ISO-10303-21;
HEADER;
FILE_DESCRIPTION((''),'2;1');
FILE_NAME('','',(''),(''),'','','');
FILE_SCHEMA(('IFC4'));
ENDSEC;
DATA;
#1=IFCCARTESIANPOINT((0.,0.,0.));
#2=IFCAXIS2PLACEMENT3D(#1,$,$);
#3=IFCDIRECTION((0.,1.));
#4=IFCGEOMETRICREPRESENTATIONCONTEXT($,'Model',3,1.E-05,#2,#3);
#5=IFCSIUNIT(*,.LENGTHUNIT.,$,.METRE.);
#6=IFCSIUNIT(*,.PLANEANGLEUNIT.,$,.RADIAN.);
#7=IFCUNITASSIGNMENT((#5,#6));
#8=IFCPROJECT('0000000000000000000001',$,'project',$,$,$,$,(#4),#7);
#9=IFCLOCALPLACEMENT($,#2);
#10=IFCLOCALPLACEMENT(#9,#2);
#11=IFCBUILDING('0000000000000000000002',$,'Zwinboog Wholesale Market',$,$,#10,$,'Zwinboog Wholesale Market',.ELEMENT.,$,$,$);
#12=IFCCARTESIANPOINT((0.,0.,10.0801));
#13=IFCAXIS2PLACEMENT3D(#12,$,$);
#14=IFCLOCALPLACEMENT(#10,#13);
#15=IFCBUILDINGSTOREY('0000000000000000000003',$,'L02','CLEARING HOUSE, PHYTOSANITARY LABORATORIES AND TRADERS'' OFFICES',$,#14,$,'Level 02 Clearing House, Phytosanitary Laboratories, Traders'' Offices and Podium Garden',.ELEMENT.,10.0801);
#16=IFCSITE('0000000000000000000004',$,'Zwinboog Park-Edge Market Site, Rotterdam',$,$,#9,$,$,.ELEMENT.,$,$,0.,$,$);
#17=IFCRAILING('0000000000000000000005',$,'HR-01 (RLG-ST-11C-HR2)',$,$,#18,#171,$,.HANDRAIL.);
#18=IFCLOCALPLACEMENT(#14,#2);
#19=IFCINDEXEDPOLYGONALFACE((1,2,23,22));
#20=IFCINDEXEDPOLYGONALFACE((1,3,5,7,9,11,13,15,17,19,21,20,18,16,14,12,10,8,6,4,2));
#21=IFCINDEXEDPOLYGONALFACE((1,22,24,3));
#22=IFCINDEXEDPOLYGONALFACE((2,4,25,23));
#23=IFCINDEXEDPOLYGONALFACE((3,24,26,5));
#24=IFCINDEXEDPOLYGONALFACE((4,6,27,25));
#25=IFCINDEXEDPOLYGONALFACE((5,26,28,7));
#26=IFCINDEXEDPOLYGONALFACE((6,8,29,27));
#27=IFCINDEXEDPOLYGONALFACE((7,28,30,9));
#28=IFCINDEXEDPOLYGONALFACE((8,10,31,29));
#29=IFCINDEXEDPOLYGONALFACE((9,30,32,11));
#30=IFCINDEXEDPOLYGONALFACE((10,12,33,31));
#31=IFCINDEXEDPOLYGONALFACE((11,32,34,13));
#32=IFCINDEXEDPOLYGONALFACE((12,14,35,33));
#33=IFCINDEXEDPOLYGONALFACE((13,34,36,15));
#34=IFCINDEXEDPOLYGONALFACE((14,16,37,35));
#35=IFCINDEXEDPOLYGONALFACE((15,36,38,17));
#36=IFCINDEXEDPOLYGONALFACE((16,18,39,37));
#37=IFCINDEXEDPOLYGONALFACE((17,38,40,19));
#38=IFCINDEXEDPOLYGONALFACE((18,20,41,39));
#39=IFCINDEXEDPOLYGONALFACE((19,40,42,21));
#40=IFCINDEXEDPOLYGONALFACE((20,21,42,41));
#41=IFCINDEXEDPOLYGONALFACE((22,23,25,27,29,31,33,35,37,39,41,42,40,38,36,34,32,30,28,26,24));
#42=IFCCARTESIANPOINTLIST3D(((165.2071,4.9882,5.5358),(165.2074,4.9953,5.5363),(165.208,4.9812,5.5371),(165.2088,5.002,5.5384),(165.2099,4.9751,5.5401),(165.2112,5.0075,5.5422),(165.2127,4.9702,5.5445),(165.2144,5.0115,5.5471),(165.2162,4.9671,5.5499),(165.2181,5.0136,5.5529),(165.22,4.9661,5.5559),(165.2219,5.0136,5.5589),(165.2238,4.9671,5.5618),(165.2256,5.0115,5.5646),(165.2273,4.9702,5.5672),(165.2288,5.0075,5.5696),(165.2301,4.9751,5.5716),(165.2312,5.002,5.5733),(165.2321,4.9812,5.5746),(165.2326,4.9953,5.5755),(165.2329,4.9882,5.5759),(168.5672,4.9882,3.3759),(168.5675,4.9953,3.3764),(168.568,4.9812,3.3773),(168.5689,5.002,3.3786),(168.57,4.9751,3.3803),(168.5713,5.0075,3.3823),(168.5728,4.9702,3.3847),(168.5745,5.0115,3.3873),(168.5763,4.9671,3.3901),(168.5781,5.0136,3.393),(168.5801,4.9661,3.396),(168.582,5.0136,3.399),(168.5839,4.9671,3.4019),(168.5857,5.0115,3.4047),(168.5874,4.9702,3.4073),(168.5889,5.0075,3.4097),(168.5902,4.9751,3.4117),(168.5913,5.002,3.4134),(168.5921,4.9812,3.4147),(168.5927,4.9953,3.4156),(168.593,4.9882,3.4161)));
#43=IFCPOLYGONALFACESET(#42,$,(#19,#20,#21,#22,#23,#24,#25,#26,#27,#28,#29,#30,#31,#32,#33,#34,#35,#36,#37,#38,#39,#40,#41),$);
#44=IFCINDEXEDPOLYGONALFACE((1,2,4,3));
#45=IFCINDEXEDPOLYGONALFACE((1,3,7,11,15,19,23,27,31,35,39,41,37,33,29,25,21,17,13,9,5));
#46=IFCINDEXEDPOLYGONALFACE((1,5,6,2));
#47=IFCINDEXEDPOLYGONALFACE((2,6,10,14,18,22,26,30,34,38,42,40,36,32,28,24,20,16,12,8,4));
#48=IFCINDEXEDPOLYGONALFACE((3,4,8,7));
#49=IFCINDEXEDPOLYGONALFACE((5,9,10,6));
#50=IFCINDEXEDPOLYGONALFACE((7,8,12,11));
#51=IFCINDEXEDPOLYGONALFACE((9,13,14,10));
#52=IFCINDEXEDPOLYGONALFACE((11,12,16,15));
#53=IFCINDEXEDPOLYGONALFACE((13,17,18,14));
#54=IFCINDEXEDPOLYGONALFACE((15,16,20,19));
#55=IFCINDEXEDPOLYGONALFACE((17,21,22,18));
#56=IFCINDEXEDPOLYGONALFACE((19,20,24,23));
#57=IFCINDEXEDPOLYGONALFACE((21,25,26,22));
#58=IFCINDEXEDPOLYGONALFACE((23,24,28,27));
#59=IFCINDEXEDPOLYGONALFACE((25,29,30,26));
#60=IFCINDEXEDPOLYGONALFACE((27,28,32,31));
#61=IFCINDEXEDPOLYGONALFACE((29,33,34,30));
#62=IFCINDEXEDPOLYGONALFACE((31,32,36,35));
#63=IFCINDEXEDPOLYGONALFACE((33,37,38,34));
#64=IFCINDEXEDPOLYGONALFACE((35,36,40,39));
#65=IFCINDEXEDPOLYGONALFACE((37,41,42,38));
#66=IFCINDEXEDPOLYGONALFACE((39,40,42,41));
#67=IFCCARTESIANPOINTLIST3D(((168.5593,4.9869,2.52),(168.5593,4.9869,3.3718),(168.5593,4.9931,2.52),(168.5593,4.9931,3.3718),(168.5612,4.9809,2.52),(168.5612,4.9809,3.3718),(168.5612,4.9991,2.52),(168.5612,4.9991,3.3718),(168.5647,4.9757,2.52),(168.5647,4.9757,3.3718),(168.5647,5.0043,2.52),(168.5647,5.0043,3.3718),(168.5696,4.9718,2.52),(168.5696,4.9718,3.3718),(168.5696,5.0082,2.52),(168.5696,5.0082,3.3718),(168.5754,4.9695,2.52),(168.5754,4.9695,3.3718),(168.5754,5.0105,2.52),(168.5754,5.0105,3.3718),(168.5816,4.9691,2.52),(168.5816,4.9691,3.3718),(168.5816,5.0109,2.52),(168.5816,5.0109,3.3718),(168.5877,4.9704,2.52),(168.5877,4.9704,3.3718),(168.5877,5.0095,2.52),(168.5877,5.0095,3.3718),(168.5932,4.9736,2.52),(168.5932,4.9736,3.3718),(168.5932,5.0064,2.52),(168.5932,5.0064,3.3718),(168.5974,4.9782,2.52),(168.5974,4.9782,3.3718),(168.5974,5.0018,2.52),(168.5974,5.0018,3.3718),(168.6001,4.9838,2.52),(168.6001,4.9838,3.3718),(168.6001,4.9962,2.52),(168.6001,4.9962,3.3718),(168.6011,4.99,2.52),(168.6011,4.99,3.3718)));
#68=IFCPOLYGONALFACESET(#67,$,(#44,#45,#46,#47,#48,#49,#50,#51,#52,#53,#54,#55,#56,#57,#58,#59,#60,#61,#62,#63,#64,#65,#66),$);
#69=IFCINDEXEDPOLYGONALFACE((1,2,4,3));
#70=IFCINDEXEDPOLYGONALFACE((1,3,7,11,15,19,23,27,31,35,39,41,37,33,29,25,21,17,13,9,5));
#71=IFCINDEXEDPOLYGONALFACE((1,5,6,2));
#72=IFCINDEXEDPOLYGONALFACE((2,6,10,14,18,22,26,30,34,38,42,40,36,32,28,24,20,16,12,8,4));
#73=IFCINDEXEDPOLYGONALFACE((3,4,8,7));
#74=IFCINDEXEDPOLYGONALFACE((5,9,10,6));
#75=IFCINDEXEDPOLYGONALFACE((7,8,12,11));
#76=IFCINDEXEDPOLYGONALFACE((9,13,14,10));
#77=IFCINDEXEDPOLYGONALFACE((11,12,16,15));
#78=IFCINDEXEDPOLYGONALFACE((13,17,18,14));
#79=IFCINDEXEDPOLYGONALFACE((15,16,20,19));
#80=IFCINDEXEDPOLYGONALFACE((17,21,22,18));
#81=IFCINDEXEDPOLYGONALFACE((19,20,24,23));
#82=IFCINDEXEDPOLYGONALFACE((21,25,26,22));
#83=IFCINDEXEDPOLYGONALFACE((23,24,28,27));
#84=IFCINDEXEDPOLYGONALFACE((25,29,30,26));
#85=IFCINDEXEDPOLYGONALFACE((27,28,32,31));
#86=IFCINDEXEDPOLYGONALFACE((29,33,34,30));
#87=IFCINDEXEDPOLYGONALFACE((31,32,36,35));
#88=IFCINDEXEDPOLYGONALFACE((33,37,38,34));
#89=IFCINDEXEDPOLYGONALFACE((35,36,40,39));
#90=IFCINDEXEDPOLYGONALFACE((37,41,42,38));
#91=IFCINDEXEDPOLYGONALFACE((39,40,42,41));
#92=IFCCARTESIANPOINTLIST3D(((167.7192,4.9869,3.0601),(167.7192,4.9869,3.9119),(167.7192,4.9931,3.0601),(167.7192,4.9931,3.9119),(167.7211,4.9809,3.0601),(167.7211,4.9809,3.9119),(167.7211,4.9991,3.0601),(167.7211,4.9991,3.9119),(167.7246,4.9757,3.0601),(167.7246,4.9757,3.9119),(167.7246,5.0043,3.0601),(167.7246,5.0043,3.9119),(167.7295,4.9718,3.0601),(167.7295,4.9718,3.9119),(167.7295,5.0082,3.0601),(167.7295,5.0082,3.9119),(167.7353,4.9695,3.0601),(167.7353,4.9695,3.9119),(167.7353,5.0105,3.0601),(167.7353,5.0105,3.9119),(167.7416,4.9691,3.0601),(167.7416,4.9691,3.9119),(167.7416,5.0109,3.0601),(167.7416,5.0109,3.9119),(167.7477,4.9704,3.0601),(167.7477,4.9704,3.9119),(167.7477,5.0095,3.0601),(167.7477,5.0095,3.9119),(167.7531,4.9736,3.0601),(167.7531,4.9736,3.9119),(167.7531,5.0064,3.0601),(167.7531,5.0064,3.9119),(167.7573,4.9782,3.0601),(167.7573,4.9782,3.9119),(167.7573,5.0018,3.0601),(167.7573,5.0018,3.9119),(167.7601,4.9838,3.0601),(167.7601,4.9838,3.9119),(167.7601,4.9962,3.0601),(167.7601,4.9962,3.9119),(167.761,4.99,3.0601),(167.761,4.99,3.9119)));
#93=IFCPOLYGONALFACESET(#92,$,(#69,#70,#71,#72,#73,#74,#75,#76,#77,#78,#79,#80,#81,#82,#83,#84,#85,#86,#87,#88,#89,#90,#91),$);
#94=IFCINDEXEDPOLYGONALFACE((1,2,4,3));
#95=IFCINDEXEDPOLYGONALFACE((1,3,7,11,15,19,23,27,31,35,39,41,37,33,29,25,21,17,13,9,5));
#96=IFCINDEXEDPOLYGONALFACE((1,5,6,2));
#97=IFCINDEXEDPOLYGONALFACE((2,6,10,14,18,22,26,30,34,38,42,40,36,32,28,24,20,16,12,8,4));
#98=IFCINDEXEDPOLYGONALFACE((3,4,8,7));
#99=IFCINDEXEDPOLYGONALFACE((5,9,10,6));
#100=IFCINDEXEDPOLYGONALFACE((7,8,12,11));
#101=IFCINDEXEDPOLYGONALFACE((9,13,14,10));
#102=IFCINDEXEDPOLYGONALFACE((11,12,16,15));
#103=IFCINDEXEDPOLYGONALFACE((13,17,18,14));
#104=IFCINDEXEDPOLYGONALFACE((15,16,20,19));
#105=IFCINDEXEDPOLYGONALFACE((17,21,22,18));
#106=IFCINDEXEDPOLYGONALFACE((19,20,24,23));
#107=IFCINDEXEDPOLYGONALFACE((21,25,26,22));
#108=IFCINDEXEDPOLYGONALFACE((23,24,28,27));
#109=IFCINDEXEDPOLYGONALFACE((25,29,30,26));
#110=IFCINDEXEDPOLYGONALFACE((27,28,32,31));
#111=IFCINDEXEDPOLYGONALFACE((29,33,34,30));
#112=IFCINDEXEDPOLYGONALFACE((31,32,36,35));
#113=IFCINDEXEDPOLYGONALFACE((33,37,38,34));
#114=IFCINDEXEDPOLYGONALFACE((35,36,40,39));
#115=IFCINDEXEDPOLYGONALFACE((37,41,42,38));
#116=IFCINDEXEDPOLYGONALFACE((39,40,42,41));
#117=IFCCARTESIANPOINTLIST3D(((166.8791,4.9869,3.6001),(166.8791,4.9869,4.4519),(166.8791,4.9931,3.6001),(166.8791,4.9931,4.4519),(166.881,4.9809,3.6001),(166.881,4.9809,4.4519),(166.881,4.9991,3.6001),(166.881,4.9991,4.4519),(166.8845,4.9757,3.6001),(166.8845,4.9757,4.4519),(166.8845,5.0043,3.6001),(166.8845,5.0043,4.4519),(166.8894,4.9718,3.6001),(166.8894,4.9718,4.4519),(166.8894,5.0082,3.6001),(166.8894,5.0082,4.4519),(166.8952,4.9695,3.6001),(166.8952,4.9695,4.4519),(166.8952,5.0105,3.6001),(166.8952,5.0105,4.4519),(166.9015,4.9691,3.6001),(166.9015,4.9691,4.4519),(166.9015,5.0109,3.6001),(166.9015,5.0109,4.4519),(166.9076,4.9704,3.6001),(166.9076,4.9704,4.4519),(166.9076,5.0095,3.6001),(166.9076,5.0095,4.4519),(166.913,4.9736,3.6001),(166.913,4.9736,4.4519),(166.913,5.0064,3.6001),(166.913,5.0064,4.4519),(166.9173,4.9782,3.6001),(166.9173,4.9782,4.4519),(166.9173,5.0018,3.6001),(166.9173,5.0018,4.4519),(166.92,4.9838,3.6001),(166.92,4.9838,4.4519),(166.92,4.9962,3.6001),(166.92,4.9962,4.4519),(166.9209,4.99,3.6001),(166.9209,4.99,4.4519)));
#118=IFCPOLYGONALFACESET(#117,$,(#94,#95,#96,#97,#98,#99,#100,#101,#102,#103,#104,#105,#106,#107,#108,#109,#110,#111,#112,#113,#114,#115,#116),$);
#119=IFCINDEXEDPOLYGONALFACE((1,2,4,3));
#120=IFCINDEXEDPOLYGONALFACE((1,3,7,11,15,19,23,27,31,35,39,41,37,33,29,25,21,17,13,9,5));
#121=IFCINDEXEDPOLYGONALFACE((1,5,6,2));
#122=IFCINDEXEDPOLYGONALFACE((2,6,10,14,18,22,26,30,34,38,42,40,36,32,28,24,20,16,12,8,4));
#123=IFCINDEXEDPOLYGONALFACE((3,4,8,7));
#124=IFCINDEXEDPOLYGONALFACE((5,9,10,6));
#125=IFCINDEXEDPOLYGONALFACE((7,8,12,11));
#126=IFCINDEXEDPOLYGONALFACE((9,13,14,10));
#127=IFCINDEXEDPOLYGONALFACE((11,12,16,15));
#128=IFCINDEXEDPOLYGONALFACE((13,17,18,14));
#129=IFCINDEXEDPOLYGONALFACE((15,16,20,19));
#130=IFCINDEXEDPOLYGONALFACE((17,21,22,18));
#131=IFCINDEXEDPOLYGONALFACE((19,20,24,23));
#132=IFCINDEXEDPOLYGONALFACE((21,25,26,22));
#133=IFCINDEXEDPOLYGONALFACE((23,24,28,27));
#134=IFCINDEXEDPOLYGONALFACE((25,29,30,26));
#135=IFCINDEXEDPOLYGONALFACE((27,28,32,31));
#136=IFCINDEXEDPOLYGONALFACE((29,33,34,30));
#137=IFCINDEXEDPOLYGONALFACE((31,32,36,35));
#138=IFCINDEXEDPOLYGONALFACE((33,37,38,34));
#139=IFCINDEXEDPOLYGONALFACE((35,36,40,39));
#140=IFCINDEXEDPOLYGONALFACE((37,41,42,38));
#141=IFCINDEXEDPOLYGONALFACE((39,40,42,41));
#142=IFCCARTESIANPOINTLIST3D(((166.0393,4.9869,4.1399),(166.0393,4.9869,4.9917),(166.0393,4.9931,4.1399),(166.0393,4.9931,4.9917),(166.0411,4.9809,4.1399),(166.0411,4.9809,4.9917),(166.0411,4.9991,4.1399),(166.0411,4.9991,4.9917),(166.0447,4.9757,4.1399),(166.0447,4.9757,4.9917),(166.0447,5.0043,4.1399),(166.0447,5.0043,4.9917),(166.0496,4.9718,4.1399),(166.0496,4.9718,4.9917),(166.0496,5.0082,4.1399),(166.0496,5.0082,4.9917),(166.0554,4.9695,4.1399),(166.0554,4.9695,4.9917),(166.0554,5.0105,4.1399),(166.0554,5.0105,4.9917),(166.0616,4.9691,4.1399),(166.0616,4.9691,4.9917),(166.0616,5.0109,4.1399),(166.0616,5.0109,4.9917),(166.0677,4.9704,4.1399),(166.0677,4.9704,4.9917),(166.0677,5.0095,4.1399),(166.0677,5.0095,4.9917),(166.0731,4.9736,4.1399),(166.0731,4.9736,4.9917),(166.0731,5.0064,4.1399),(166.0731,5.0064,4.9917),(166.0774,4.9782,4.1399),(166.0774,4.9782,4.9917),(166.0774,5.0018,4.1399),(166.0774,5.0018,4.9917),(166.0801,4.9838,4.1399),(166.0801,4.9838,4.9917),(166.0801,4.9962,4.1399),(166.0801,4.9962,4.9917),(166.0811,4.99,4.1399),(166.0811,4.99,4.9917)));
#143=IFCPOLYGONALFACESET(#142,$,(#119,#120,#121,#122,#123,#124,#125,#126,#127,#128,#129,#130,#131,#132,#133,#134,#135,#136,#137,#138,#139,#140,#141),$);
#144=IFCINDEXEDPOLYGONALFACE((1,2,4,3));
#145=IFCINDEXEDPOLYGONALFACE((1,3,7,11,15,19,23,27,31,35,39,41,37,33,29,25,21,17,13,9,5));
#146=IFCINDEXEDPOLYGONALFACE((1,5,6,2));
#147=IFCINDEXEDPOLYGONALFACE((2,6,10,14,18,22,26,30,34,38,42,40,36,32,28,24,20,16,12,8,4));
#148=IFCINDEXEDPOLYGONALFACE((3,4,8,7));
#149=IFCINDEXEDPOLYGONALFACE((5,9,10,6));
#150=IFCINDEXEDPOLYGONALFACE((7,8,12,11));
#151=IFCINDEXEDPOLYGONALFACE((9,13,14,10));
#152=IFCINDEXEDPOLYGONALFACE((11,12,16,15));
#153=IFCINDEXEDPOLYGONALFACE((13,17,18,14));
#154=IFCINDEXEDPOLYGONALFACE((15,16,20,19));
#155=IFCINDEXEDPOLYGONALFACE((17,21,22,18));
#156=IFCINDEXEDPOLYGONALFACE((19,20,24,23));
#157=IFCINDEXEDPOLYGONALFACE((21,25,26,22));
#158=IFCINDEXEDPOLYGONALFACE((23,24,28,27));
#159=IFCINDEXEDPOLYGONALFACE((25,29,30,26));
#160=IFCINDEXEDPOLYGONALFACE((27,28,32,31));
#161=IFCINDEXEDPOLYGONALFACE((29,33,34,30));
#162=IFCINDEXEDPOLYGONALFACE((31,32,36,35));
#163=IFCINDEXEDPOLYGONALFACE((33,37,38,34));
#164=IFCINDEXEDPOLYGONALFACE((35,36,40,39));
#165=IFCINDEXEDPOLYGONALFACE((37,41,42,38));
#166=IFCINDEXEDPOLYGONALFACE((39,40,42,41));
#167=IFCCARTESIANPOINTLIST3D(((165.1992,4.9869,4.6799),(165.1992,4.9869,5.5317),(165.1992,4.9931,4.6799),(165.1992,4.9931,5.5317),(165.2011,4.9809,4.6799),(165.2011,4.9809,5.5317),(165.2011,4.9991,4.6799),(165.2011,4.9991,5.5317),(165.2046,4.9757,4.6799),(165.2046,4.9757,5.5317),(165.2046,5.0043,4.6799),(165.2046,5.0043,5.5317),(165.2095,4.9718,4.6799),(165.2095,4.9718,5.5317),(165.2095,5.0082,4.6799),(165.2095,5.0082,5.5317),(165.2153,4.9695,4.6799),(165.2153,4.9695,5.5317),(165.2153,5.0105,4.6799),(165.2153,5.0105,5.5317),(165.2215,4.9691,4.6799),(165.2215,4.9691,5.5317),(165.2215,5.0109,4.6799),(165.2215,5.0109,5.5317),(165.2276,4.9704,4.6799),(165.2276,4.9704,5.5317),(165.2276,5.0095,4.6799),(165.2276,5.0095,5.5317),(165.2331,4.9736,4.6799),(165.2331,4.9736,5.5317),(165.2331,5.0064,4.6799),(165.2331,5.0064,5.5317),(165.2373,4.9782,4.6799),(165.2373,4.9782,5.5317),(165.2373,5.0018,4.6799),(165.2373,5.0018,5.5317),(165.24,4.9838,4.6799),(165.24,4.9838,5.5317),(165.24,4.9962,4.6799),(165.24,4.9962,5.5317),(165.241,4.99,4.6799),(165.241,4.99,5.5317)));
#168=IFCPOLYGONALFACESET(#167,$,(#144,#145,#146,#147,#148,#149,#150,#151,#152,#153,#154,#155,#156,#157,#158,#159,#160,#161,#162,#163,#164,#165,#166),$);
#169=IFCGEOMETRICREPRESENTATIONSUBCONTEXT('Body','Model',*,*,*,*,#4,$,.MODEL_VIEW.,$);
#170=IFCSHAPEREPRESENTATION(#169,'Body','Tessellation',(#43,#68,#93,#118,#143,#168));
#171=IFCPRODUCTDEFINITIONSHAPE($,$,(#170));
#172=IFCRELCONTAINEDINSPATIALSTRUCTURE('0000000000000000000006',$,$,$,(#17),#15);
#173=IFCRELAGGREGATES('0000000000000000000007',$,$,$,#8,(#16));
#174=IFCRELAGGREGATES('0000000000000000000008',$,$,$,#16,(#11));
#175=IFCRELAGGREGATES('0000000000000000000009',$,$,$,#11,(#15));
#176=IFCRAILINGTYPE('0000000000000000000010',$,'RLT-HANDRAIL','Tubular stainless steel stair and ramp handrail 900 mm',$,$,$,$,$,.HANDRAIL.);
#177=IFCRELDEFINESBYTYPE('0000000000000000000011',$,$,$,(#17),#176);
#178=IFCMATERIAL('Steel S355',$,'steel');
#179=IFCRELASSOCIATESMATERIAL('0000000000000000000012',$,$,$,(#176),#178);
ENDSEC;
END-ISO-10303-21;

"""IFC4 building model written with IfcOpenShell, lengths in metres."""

from ifc_helpers import new_model, si_unit, direction, frame, origin, origin_2d, place, context, subcontext, project, spatial, circle, extrude, material, type_object, element, save


model = new_model("IFC4")

# Units and contexts
model_context = context("Model", 3, precision=1e-05, world=origin(), true_north=direction((0.0, 1.0)))
body_context = subcontext(model_context, "Body", "Model", "MODEL_VIEW")
ifc_project = project(units=[si_unit("LENGTHUNIT", "METRE"), si_unit("PLANEANGLEUNIT", "RADIAN")], contexts=[model_context])

# Site, building, storey
site_placement = place(None, origin())
site = spatial("IfcSite", under=ifc_project, at=site_placement, Name="Zwinboog Park-Edge Market Site, Rotterdam", CompositionType="ELEMENT", RefElevation=0.0)
building_placement = place(site_placement, origin())
building = spatial("IfcBuilding", under=site, at=building_placement, Name="Zwinboog Wholesale Market", LongName="Zwinboog Wholesale Market", CompositionType="ELEMENT")
storey_placement = place(building_placement, frame((0.0, 0.0, 10.0801)))
storey = spatial("IfcBuildingStorey", under=building, at=storey_placement, Name="L02", Description="CLEARING HOUSE, PHYTOSANITARY LABORATORIES AND TRADERS' OFFICES", LongName="Level 02 Clearing House, Phytosanitary Laboratories, Traders' Offices and Podium Garden", CompositionType="ELEMENT", Elevation=10.0801)

# Shared definitions
ifc_material_1 = material(Name="Steel S355", Category="steel")

# Railing
railing_type_1 = type_object("IfcRailingType", Name="RLT-HANDRAIL", Description="Tubular stainless steel stair and ramp handrail 900 mm", PredefinedType="HANDRAIL", material=ifc_material_1)
railing_1_placement = place(storey_placement, frame((168.5801, 4.99, 2.52)))
element("IfcRailing", 1, at=railing_1_placement, inside=storey, type_object=railing_type_1, Name="HR-01 (RLG-ST-11C-HR2)", PredefinedType="HANDRAIL", context=body_context, shape_type="SweptSolid", body=[
    extrude(circle(Radius=0.0239, at=origin_2d()), frame((0.0, 0.0, 0.876), z_axis=(-0.841196, 0.0, 0.54073), x_axis=(0.0, -1.0, 0.0)), (0.0, 0.0, 1.0), 3.9944),
    extrude(circle(Radius=0.021, at=origin_2d()), origin(), (0.0, 0.0, 1.0), 0.8518),
    extrude(circle(Radius=0.021, at=origin_2d()), frame((-0.8401, 0.0, 0.54)), (0.0, 0.0, 1.0), 0.8518),
    extrude(circle(Radius=0.021, at=origin_2d()), frame((-1.6802, 0.0, 1.0801)), (0.0, 0.0, 1.0), 0.8518),
    extrude(circle(Radius=0.021, at=origin_2d()), frame((-2.52, 0.0, 1.6199)), (0.0, 0.0, 1.0), 0.8518),
    extrude(circle(Radius=0.021, at=origin_2d()), frame((-3.3601, 0.0, 2.1599)), (0.0, 0.0, 1.0), 0.8518),
])

save(model, "model.ifc")
